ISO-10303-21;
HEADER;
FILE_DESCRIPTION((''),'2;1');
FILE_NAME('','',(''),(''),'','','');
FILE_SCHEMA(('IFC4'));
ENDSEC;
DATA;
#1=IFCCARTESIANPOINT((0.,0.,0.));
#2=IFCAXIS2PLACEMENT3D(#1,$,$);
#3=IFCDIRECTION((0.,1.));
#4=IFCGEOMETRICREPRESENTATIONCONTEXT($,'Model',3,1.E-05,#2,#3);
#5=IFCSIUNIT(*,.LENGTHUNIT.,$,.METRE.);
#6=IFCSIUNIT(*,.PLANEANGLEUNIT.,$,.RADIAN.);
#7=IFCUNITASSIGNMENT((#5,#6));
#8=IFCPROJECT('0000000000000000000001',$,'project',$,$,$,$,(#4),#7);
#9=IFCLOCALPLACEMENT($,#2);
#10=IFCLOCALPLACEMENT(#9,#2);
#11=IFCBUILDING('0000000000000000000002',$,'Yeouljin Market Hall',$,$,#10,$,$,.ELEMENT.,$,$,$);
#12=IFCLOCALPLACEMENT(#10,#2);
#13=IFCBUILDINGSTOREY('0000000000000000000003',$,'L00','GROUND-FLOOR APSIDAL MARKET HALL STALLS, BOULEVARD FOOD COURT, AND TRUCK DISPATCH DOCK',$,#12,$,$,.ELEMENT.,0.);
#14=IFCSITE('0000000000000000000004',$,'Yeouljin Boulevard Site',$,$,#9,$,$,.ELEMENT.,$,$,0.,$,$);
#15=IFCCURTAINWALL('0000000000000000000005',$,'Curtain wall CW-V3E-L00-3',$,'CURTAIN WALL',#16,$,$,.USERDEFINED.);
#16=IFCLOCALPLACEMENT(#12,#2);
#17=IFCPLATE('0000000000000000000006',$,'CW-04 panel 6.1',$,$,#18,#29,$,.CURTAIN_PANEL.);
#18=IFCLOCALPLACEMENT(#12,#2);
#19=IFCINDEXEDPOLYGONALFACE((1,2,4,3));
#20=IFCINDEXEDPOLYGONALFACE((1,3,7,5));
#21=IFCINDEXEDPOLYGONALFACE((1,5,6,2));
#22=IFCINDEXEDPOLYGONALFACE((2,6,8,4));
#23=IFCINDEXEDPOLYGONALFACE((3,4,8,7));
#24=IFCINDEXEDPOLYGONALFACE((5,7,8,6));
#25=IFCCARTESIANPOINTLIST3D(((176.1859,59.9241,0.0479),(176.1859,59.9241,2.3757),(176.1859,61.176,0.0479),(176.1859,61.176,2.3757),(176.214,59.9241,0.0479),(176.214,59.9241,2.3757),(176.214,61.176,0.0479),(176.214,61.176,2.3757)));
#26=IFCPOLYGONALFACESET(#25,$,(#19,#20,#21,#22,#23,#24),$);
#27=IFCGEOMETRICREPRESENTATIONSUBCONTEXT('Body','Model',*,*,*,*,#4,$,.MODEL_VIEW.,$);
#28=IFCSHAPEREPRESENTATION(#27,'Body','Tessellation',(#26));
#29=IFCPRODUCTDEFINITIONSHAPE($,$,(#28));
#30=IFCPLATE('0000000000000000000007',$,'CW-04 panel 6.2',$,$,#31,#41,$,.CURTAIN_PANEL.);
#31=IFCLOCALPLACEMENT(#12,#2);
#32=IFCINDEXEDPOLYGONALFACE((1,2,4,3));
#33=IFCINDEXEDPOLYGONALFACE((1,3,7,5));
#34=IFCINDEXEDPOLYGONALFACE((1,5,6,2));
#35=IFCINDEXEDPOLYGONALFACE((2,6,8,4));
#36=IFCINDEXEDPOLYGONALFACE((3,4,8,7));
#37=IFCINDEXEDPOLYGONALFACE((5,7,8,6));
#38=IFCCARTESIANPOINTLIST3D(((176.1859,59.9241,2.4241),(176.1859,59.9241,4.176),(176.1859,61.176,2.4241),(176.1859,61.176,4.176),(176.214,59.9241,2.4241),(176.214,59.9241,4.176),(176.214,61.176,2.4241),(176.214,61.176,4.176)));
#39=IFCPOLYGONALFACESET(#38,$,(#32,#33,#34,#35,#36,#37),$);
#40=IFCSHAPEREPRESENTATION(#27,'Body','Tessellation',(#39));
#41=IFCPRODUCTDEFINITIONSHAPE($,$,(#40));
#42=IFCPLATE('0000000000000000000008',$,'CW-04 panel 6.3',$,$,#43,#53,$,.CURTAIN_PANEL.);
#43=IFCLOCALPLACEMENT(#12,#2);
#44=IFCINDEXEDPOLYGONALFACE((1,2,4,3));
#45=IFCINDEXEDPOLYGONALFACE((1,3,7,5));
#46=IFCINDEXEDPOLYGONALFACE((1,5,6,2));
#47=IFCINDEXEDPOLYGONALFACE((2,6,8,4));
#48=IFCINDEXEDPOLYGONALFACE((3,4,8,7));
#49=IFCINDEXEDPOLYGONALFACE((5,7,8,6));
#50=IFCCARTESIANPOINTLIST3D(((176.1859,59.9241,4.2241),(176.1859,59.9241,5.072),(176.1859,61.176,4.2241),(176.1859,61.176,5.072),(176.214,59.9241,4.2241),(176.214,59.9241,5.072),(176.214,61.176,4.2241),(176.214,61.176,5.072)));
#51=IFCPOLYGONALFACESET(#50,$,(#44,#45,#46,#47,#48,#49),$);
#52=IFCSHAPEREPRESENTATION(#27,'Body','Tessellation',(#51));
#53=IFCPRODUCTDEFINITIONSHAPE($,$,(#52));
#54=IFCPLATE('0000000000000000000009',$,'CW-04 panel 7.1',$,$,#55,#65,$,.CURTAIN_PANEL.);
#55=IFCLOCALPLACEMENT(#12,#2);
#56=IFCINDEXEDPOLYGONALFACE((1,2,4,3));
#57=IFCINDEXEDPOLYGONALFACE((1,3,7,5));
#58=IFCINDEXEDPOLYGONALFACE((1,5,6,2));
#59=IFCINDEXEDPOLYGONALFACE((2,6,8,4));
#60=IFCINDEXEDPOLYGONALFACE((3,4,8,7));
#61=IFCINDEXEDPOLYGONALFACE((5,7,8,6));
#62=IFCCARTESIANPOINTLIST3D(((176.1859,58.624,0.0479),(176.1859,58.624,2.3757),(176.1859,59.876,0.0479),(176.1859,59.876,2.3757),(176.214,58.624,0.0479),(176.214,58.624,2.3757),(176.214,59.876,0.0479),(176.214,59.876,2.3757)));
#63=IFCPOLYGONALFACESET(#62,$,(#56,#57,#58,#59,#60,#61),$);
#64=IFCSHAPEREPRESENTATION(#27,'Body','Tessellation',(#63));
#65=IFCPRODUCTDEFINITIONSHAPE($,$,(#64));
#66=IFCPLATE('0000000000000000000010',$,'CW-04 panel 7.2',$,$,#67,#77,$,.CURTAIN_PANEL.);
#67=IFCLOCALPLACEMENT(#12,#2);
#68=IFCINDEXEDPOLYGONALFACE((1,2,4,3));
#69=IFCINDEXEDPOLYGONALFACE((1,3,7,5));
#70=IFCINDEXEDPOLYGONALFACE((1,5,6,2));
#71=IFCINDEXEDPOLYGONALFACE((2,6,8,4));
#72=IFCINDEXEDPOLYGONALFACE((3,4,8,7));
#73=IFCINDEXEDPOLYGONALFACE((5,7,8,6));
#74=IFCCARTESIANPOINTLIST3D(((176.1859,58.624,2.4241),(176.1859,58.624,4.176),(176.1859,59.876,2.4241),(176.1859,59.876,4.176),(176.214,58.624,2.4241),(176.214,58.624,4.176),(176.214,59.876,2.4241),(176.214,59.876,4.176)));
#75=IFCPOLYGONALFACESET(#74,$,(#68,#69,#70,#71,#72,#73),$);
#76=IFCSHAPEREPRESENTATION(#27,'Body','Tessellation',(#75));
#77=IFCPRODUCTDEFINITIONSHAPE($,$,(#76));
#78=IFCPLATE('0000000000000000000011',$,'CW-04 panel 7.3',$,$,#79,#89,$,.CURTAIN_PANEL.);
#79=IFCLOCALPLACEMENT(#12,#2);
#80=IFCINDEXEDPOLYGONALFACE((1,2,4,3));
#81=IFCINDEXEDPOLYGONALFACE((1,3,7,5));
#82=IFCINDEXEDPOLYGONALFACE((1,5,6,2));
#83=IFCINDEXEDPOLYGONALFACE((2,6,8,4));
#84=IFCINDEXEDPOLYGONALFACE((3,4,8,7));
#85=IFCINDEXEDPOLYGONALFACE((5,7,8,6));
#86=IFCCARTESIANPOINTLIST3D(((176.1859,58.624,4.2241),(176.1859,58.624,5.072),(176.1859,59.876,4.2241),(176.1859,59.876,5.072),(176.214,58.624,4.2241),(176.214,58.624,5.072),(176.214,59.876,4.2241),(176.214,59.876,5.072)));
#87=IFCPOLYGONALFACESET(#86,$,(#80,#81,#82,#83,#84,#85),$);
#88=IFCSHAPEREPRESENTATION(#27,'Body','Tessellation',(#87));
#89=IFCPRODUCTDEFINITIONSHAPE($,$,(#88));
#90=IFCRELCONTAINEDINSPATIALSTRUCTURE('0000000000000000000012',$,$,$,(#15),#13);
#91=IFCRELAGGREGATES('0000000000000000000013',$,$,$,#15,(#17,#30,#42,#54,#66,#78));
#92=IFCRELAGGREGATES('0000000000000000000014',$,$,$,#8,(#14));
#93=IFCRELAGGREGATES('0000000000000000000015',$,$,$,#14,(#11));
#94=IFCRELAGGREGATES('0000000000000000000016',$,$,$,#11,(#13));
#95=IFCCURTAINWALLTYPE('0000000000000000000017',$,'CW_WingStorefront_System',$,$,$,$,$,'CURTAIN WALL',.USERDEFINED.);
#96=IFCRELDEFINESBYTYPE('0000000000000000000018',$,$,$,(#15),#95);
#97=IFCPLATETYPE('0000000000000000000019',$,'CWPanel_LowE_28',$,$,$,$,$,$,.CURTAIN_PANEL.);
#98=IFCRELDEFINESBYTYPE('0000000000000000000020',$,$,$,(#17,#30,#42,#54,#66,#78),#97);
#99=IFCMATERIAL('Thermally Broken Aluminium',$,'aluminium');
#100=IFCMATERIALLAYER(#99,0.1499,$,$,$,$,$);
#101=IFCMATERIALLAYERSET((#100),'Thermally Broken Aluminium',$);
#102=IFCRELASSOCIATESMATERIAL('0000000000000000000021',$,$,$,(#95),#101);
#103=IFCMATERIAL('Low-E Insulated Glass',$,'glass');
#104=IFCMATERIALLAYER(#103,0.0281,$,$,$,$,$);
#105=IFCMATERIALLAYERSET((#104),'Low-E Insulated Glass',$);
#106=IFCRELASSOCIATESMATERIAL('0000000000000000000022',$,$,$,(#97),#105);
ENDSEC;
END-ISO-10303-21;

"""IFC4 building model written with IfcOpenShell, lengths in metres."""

from ifc_helpers import new_model, si_unit, direction, frame, origin, origin_2d, place, context, subcontext, project, spatial, rectangle, extrude, material, layer, layer_set, type_object, element, aggregate, save


model = new_model("IFC4")

# Units and contexts
model_context = context("Model", 3, precision=1e-05, world=origin(), true_north=direction((0.0, 1.0)))
body_context = subcontext(model_context, "Body", "Model", "MODEL_VIEW")
ifc_project = project(units=[si_unit("LENGTHUNIT", "METRE"), si_unit("PLANEANGLEUNIT", "RADIAN")], contexts=[model_context])

# Site, building, storey
site_placement = place(None, origin())
site = spatial("IfcSite", under=ifc_project, at=site_placement, Name="Yeouljin Boulevard Site", CompositionType="ELEMENT", RefElevation=0.0)
building_placement = place(site_placement, origin())
building = spatial("IfcBuilding", under=site, at=building_placement, Name="Yeouljin Market Hall", CompositionType="ELEMENT")
storey_placement = place(building_placement, origin())
storey = spatial("IfcBuildingStorey", under=building, at=storey_placement, Name="L00", Description="GROUND-FLOOR APSIDAL MARKET HALL STALLS, BOULEVARD FOOD COURT, AND TRUCK DISPATCH DOCK", CompositionType="ELEMENT", Elevation=0.0)

# Curtain wall, plates
ifc_material_1 = material(Name="Thermally Broken Aluminium", Category="aluminium")
ifc_layer_1 = layer(ifc_material_1, 0.1499)
ifc_layer_set_1 = layer_set([ifc_layer_1], Name="Thermally Broken Aluminium")
curtain_wall_type = type_object("IfcCurtainWallType", Name="CW_WingStorefront_System", ElementType="CURTAIN WALL", PredefinedType="USERDEFINED", material=ifc_layer_set_1)
curtain_wall_placement = place(storey_placement, origin())
curtain_wall = element("IfcCurtainWall", 1, at=curtain_wall_placement, inside=storey, type_object=curtain_wall_type, Name="Curtain wall CW-V3E-L00-3", ObjectType="CURTAIN WALL", PredefinedType="USERDEFINED")
ifc_material_2 = material(Name="Low-E Insulated Glass", Category="glass")
ifc_layer_2 = layer(ifc_material_2, 0.0281)
ifc_layer_set_2 = layer_set([ifc_layer_2], Name="Low-E Insulated Glass")
plate_type = type_object("IfcPlateType", Name="CWPanel_LowE_28", PredefinedType="CURTAIN_PANEL", material=ifc_layer_set_2)
plate_1_placement = place(storey_placement, frame((176.2, 60.55, 0.0479), z_axis=(0.0, 0.0, 1.0), x_axis=(0.0, -1.0, 0.0)))
plate_1 = element("IfcPlate", 2, at=plate_1_placement, type_object=plate_type, Name="CW-04 panel 6.1", PredefinedType="CURTAIN_PANEL", context=body_context, shape_type="SweptSolid", body=[
    extrude(rectangle(XDim=1.252, YDim=0.0281, at=origin_2d()), origin(), (0.0, 0.0, 1.0), 2.3279),
])
plate_2_placement = place(storey_placement, frame((176.2, 60.55, 2.4241), z_axis=(0.0, 0.0, 1.0), x_axis=(0.0, -1.0, 0.0)))
plate_2 = element("IfcPlate", 3, at=plate_2_placement, type_object=plate_type, Name="CW-04 panel 6.2", PredefinedType="CURTAIN_PANEL", context=body_context, shape_type="SweptSolid", body=[
    extrude(rectangle(XDim=1.252, YDim=0.0281, at=origin_2d()), origin(), (0.0, 0.0, 1.0), 1.752),
])
plate_3_placement = place(storey_placement, frame((176.2, 60.55, 4.2241), z_axis=(0.0, 0.0, 1.0), x_axis=(0.0, -1.0, 0.0)))
plate_3 = element("IfcPlate", 4, at=plate_3_placement, type_object=plate_type, Name="CW-04 panel 6.3", PredefinedType="CURTAIN_PANEL", context=body_context, shape_type="SweptSolid", body=[
    extrude(rectangle(XDim=1.252, YDim=0.0281, at=origin_2d()), origin(), (0.0, 0.0, 1.0), 0.8479),
])
plate_4_placement = place(storey_placement, frame((176.2, 59.25, 0.0479), z_axis=(0.0, 0.0, 1.0), x_axis=(0.0, -1.0, 0.0)))
plate_4 = element("IfcPlate", 5, at=plate_4_placement, type_object=plate_type, Name="CW-04 panel 7.1", PredefinedType="CURTAIN_PANEL", context=body_context, shape_type="SweptSolid", body=[
    extrude(rectangle(XDim=1.252, YDim=0.0281, at=origin_2d()), origin(), (0.0, 0.0, 1.0), 2.3279),
])
plate_5_placement = place(storey_placement, frame((176.2, 59.25, 2.4241), z_axis=(0.0, 0.0, 1.0), x_axis=(0.0, -1.0, 0.0)))
plate_5 = element("IfcPlate", 6, at=plate_5_placement, type_object=plate_type, Name="CW-04 panel 7.2", PredefinedType="CURTAIN_PANEL", context=body_context, shape_type="SweptSolid", body=[
    extrude(rectangle(XDim=1.252, YDim=0.0281, at=origin_2d()), origin(), (0.0, 0.0, 1.0), 1.752),
])
plate_6_placement = place(storey_placement, frame((176.2, 59.25, 4.2241), z_axis=(0.0, 0.0, 1.0), x_axis=(0.0, -1.0, 0.0)))
plate_6 = element("IfcPlate", 7, at=plate_6_placement, type_object=plate_type, Name="CW-04 panel 7.3", PredefinedType="CURTAIN_PANEL", context=body_context, shape_type="SweptSolid", body=[
    extrude(rectangle(XDim=1.252, YDim=0.0281, at=origin_2d()), origin(), (0.0, 0.0, 1.0), 0.8479),
])
aggregate(curtain_wall, [plate_1, plate_2, plate_3, plate_4, plate_5, plate_6])

save(model, "model.ifc")
